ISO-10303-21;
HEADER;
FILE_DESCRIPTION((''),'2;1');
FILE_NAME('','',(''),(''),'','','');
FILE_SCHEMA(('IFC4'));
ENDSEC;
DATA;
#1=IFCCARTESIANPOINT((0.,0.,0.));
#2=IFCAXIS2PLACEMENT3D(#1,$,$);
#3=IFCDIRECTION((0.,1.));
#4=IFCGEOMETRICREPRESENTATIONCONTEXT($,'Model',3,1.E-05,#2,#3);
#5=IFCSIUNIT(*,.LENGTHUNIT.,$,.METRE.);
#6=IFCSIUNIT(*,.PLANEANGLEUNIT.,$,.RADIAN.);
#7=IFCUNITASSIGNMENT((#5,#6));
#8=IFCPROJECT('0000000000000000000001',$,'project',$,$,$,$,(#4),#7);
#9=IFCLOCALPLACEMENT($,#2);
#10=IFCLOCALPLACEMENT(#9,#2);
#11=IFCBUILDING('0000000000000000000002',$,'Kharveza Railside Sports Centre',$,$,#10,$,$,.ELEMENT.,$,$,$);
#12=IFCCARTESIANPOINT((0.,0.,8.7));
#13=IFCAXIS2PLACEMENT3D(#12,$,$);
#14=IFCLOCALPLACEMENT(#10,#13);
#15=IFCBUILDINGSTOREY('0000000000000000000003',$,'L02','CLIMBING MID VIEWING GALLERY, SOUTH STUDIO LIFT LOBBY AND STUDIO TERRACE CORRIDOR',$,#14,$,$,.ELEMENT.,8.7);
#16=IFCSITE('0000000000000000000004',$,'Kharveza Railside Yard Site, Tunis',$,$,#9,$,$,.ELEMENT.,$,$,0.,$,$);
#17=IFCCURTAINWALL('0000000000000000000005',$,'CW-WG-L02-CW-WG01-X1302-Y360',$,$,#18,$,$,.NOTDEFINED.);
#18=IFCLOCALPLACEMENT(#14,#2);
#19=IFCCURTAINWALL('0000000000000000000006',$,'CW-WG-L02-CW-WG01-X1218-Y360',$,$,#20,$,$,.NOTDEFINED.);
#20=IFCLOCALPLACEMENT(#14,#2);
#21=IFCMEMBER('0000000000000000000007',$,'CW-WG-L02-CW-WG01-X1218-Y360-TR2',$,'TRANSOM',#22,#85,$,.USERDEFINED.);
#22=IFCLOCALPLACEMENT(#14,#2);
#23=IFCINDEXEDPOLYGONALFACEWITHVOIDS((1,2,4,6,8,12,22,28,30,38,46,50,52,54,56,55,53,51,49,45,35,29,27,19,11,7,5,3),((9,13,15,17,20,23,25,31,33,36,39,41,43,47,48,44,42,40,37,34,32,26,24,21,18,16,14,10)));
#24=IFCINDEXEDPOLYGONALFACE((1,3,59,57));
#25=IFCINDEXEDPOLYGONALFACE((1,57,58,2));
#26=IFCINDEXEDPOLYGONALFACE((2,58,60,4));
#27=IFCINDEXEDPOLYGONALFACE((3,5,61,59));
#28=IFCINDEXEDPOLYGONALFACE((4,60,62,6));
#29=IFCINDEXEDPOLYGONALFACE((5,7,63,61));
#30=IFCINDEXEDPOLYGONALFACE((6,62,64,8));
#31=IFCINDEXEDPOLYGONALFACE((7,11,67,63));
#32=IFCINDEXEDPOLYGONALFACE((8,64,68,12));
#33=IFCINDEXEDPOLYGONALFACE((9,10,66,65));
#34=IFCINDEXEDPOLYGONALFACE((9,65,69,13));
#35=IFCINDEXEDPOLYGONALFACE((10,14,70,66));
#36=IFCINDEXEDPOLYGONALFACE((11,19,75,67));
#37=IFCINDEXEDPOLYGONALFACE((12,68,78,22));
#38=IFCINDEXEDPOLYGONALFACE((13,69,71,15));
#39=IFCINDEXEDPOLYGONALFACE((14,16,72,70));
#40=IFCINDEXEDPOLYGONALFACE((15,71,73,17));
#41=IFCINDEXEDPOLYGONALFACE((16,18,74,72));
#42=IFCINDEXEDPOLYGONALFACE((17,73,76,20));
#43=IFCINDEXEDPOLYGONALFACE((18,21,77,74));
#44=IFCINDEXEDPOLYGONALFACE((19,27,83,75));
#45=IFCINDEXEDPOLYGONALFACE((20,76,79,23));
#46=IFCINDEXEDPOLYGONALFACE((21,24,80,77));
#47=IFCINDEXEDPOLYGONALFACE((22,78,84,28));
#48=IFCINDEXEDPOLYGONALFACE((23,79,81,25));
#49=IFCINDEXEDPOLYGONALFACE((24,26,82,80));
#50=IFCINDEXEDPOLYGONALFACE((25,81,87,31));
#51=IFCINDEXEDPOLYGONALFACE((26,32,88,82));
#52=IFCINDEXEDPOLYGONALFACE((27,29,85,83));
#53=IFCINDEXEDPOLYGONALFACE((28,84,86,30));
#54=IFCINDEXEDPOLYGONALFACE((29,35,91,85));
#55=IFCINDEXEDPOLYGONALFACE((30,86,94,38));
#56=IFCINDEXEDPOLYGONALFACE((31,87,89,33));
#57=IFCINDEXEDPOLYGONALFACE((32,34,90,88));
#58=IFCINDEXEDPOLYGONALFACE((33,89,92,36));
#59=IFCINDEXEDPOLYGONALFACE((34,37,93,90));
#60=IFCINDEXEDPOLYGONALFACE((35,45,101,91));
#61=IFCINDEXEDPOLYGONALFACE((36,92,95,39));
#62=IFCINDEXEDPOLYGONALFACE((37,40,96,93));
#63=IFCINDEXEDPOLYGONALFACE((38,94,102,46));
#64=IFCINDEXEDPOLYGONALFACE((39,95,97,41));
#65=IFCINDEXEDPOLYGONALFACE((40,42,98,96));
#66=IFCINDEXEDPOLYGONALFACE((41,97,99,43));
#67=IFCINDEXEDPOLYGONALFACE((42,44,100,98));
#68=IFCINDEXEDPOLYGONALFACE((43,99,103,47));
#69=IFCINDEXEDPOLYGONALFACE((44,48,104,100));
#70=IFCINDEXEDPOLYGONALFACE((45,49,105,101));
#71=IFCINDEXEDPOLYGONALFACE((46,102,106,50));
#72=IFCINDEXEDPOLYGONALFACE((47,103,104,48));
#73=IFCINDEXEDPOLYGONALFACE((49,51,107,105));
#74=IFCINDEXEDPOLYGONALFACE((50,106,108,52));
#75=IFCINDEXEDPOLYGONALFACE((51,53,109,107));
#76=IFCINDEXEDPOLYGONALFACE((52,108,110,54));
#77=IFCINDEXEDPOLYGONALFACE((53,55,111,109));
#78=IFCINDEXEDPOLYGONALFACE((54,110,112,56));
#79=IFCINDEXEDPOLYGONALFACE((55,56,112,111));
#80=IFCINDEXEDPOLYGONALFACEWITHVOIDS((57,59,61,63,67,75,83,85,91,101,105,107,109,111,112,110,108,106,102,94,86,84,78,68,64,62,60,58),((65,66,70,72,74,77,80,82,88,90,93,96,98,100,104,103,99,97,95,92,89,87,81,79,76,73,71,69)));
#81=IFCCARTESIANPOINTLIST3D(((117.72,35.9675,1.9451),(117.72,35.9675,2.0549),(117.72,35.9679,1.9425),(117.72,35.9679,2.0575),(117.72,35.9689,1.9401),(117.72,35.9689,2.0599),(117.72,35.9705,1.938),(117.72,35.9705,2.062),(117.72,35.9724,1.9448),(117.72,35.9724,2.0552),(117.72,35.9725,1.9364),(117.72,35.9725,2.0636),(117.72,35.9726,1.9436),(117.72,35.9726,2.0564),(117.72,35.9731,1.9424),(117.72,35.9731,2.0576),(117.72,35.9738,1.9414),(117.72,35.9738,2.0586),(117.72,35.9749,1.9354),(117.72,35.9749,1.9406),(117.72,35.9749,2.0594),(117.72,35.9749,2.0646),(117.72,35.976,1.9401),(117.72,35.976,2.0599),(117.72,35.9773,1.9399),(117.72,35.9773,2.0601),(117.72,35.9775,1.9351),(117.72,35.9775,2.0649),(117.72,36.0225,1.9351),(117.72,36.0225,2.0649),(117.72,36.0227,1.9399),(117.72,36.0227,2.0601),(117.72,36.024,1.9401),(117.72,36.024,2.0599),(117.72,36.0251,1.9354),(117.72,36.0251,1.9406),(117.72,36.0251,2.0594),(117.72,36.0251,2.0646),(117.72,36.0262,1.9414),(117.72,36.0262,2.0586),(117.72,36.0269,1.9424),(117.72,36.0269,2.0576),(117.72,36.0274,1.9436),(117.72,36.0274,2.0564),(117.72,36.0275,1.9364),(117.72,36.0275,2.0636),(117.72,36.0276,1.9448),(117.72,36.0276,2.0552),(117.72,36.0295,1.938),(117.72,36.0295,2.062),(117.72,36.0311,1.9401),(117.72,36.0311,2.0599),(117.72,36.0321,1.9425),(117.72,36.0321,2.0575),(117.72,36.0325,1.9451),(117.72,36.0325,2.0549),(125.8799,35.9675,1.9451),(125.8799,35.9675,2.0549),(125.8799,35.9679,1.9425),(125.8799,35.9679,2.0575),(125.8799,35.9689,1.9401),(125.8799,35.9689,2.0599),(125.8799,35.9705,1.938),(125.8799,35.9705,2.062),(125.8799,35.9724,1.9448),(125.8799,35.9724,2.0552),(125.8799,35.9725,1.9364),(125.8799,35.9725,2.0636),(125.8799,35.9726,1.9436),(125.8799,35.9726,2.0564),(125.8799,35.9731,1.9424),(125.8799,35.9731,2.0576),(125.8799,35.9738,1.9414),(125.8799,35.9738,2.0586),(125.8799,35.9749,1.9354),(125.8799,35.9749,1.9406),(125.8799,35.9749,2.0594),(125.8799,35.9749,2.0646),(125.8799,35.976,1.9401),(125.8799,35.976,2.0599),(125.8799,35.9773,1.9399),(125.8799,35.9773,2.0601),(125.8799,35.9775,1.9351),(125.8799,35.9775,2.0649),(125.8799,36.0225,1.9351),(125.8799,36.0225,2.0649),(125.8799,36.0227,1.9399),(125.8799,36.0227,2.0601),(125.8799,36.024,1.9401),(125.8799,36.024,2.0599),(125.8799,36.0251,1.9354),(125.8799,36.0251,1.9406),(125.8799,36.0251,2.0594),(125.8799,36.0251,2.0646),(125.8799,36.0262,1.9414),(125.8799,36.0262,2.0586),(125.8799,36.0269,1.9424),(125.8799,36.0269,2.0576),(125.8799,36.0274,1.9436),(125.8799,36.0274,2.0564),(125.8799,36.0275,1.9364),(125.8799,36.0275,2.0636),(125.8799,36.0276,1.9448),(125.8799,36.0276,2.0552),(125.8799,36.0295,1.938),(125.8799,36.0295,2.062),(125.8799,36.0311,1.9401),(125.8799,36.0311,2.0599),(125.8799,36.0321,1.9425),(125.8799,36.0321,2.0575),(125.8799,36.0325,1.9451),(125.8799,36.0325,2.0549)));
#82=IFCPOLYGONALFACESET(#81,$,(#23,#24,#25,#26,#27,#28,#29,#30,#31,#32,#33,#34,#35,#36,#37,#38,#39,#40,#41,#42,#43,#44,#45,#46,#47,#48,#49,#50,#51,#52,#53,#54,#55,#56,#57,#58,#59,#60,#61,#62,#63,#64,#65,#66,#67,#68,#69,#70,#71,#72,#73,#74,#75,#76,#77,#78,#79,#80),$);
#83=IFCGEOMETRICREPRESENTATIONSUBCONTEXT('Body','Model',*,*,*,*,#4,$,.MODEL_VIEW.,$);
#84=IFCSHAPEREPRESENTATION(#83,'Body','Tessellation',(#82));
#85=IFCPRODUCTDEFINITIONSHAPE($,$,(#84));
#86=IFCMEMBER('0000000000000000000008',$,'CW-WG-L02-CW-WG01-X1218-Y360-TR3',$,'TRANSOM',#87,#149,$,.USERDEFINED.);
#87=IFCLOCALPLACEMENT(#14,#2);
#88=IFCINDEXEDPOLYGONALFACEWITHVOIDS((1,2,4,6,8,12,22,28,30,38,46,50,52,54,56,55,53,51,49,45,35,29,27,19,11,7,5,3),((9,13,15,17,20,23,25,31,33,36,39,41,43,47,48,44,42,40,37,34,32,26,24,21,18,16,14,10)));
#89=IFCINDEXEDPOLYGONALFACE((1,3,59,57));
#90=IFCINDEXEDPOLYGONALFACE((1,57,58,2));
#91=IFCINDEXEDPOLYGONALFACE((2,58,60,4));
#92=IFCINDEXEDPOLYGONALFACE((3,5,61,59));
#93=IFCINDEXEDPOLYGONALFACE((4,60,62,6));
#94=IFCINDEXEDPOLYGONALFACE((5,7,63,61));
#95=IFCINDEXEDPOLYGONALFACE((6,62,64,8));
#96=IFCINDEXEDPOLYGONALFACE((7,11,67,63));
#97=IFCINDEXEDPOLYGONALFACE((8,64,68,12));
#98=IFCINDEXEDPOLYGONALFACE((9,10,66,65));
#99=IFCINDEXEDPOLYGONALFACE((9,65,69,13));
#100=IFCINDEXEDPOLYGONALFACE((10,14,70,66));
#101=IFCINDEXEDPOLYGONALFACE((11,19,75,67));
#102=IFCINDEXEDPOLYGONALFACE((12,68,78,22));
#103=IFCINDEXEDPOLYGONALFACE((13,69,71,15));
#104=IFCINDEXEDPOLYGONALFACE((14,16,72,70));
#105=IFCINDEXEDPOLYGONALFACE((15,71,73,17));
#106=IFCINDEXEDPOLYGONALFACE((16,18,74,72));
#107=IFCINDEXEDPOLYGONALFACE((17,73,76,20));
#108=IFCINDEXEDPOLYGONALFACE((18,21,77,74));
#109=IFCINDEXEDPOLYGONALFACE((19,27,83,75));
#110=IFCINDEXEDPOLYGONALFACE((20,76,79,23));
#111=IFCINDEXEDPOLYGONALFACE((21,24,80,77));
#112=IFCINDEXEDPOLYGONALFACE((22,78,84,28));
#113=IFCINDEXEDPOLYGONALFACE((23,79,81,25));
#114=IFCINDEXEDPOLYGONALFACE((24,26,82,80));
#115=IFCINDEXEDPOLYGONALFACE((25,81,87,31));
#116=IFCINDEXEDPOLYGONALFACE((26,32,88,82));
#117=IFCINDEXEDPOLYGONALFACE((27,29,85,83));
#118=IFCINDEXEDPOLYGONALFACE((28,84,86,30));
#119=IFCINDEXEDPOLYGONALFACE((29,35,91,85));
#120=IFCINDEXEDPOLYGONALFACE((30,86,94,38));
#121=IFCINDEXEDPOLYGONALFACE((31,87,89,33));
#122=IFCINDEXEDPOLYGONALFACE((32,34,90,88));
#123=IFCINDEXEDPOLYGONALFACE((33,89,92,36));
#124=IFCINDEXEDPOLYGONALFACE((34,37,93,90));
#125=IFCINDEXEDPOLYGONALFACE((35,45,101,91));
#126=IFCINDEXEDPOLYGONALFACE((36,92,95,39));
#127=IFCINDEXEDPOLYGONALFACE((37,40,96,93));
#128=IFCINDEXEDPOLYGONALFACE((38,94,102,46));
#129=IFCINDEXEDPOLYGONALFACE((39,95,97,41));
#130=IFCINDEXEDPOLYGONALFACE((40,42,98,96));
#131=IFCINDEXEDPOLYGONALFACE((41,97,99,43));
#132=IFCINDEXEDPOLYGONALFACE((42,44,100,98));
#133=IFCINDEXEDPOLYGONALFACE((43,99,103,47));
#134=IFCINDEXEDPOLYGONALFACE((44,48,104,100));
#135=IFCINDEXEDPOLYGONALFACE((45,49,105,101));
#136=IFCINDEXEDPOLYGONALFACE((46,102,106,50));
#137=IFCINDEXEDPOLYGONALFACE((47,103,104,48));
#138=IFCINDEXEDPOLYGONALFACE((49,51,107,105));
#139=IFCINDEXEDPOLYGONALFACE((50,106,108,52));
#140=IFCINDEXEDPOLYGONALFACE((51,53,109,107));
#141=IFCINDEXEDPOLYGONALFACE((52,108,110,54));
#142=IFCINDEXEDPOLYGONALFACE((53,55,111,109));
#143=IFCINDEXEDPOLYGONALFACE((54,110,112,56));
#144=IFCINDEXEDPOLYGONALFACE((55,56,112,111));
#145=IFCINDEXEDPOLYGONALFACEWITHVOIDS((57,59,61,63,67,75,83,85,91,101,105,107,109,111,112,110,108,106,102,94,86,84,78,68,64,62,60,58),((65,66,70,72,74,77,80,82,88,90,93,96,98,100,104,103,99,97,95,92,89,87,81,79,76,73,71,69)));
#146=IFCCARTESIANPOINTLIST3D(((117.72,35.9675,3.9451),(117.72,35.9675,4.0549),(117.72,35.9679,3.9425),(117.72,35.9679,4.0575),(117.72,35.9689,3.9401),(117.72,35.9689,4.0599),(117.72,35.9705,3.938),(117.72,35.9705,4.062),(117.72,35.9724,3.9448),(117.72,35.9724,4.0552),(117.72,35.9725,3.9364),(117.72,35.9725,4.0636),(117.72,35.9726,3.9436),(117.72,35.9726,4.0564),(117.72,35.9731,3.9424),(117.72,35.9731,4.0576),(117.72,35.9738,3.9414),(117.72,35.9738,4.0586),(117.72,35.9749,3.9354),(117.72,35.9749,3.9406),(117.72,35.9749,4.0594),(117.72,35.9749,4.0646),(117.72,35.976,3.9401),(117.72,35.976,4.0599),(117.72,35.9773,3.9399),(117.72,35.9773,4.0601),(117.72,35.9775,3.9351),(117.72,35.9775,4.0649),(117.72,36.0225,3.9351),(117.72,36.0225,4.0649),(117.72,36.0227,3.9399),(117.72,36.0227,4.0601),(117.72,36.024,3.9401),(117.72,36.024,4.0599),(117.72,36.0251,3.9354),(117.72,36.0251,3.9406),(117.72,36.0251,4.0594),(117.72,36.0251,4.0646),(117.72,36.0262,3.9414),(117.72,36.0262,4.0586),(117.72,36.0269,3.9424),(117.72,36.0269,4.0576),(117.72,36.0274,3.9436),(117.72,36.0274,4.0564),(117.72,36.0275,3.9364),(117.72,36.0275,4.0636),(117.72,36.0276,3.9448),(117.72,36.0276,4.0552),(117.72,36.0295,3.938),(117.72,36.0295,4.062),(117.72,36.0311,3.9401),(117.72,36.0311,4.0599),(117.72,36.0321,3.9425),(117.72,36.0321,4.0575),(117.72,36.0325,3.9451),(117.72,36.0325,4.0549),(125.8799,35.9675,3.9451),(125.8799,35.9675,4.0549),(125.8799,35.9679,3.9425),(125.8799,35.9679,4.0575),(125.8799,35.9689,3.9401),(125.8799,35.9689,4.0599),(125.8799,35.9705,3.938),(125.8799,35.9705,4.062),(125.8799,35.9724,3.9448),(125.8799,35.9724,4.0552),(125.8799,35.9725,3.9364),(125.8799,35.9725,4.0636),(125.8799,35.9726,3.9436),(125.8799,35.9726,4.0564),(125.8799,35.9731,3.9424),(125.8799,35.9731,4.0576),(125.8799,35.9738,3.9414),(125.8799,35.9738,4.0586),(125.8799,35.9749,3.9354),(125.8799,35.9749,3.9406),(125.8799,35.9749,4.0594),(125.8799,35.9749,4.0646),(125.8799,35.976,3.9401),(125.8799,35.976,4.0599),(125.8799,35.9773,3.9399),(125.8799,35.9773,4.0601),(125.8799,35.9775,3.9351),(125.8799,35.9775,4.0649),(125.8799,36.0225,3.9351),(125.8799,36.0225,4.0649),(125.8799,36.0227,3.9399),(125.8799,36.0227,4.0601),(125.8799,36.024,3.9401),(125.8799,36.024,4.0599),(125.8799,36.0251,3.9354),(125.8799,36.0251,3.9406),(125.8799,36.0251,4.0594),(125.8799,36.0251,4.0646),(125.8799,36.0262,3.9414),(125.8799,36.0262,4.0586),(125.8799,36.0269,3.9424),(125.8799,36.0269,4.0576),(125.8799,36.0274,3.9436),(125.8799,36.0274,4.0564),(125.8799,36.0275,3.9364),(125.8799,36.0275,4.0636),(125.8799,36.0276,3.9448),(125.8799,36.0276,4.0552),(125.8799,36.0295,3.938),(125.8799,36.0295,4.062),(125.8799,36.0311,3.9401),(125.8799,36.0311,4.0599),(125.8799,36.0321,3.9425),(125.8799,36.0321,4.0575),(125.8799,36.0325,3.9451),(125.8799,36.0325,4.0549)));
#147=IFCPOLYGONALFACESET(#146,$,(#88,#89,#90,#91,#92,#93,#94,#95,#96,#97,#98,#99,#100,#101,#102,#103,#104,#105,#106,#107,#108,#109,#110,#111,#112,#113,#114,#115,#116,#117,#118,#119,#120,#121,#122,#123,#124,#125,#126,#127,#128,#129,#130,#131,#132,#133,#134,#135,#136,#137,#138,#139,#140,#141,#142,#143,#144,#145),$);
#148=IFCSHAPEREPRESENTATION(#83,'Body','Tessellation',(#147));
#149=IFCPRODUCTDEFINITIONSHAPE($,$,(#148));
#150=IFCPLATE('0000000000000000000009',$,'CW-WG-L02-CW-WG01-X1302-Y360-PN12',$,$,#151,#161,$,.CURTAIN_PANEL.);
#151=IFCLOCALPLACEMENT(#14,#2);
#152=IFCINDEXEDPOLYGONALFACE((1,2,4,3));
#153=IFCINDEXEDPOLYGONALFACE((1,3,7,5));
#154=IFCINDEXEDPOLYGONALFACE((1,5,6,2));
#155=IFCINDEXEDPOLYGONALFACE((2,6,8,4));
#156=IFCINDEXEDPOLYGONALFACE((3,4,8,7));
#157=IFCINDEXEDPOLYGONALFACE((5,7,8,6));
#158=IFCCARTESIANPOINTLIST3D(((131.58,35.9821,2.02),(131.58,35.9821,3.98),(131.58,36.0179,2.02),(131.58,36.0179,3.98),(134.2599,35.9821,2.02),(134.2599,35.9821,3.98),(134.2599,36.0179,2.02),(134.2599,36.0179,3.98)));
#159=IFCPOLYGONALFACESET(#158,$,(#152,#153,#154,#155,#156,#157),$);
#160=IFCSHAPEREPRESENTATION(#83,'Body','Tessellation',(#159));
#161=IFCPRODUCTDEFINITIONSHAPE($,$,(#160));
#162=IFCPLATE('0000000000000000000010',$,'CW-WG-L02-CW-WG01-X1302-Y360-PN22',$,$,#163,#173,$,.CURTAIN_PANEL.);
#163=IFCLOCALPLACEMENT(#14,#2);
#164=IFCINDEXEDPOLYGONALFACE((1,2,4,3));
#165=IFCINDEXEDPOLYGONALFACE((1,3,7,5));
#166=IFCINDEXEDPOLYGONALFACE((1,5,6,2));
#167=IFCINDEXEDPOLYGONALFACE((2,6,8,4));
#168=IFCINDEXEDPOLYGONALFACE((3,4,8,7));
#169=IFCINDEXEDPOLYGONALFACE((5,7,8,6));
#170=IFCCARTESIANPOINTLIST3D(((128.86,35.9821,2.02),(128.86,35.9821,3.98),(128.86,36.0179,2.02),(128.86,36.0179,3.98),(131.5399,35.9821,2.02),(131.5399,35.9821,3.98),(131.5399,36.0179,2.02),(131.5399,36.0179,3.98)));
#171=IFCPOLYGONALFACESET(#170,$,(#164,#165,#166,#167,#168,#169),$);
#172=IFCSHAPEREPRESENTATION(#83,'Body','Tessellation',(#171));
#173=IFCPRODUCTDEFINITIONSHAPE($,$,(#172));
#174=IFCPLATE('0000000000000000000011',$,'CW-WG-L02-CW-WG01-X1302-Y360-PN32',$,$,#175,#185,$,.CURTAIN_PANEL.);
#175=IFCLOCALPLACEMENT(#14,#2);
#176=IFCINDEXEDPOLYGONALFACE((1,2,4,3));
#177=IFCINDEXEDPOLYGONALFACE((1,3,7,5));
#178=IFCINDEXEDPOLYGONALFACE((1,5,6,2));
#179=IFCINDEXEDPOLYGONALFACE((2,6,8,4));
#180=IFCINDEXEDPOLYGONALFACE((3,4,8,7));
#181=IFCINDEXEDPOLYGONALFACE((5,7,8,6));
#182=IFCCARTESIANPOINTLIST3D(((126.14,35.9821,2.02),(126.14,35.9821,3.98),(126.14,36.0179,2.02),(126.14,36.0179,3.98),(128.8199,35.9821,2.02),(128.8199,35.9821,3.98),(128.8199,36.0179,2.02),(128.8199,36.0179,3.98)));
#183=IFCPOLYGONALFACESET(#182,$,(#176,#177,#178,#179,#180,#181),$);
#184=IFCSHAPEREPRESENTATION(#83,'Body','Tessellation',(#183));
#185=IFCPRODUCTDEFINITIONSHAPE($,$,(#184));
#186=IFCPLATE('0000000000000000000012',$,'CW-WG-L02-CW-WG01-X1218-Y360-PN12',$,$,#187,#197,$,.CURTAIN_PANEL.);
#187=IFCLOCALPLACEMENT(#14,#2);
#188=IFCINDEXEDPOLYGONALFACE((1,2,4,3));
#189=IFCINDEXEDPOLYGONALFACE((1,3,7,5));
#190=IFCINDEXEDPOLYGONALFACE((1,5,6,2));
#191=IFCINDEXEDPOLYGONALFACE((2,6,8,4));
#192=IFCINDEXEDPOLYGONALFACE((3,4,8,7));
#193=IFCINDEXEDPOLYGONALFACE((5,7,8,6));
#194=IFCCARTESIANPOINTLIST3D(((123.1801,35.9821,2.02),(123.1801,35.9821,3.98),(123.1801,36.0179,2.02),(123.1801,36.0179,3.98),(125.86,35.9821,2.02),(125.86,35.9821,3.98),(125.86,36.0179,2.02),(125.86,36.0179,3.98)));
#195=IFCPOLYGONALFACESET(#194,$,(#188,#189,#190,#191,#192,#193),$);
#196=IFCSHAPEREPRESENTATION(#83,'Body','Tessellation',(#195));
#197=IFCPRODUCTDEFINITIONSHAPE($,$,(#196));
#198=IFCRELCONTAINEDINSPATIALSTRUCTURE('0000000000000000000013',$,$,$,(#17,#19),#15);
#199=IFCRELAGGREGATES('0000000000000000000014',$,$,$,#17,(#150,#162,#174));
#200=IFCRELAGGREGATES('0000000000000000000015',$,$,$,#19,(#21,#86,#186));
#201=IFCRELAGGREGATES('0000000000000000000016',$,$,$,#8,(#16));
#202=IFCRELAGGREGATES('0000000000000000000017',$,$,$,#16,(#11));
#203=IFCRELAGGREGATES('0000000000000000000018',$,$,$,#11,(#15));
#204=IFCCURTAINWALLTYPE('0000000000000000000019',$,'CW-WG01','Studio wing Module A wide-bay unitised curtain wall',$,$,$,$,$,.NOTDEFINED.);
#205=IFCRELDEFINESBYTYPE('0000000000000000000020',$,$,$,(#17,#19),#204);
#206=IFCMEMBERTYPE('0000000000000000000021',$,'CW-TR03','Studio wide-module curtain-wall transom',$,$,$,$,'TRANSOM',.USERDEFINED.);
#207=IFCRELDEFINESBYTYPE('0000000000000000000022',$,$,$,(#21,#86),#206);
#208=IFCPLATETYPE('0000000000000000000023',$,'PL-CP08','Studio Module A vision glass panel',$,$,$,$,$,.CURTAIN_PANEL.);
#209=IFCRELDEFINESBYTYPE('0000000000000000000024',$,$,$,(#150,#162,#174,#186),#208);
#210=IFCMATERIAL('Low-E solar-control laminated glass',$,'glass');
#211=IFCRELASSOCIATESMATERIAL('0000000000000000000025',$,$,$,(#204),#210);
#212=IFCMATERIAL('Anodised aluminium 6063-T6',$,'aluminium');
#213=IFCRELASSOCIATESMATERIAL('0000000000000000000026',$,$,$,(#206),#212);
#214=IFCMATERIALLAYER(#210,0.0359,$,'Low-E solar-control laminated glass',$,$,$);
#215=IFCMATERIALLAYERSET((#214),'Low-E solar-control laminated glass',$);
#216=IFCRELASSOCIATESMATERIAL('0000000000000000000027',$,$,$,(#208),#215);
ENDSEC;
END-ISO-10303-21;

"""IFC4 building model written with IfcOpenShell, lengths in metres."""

from ifc_helpers import new_model, si_unit, direction, frame, origin, origin_2d, place, context, subcontext, project, spatial, rectangle, hollow_rectangle, extrude, material, layer, layer_set, material_profile, profile_set, type_object, element, aggregate, save


model = new_model("IFC4")

# Units and contexts
model_context = context("Model", 3, precision=1e-05, world=origin(), true_north=direction((0.0, 1.0)))
body_context = subcontext(model_context, "Body", "Model", "MODEL_VIEW")
ifc_project = project(units=[si_unit("LENGTHUNIT", "METRE"), si_unit("PLANEANGLEUNIT", "RADIAN")], contexts=[model_context])

# Site, building, storey
site_placement = place(None, origin())
site = spatial("IfcSite", under=ifc_project, at=site_placement, Name="Kharveza Railside Yard Site, Tunis", CompositionType="ELEMENT", RefElevation=0.0)
building_placement = place(site_placement, origin())
building = spatial("IfcBuilding", under=site, at=building_placement, Name="Kharveza Railside Sports Centre", CompositionType="ELEMENT")
storey_placement = place(building_placement, frame((0.0, 0.0, 8.7)))
storey = spatial("IfcBuildingStorey", under=building, at=storey_placement, Name="L02", Description="CLIMBING MID VIEWING GALLERY, SOUTH STUDIO LIFT LOBBY AND STUDIO TERRACE CORRIDOR", CompositionType="ELEMENT", Elevation=8.7)

# Curtain wall
ifc_material_1 = material(Name="Low-E solar-control laminated glass", Category="glass")
curtain_wall_type = type_object("IfcCurtainWallType", Name="CW-WG01", Description="Studio wing Module A wide-bay unitised curtain wall", PredefinedType="NOTDEFINED", material=ifc_material_1)
curtain_wall_1_placement = place(storey_placement, origin())
curtain_wall_1 = element("IfcCurtainWall", 1, at=curtain_wall_1_placement, inside=storey, type_object=curtain_wall_type, Name="CW-WG-L02-CW-WG01-X1302-Y360", PredefinedType="NOTDEFINED")
ifc_material_2 = material(Name="Anodised aluminium 6063-T6", Category="aluminium")

# Curtain wall
curtain_wall_2_placement = place(storey_placement, origin())
curtain_wall_2 = element("IfcCurtainWall", 2, at=curtain_wall_2_placement, inside=storey, type_object=curtain_wall_type, Name="CW-WG-L02-CW-WG01-X1218-Y360", PredefinedType="NOTDEFINED")

# Members
ifc_material_profile_1 = material_profile(ifc_material_2, hollow_rectangle(XDim=0.0649, YDim=0.1299, WallThickness=0.0049, InnerFilletRadius=0.0049, OuterFilletRadius=0.01, at=origin_2d()), Name="RHS 65x130x5.0")
ifc_profile_set_1 = profile_set([ifc_material_profile_1], Name="Anodised aluminium 6063-T6")
member_type_1 = type_object("IfcMemberType", Name="CW-TR03", Description="Studio wide-module curtain-wall transom", ElementType="TRANSOM", PredefinedType="USERDEFINED", material=ifc_profile_set_1)
member_1_placement = place(storey_placement, frame((125.8799, 36.0, 2.0), z_axis=(-1.0, 0.0, 0.0), x_axis=(0.0, -1.0, 0.0)))
member_1 = element("IfcMember", 3, at=member_1_placement, type_object=member_type_1, Name="CW-WG-L02-CW-WG01-X1218-Y360-TR2", ObjectType="TRANSOM", PredefinedType="USERDEFINED", context=body_context, shape_type="SweptSolid", body=[
    extrude(hollow_rectangle(XDim=0.0649, YDim=0.1299, WallThickness=0.0049, InnerFilletRadius=0.0049, OuterFilletRadius=0.01, at=origin_2d()), origin(), (0.0, 0.0, 1.0), 8.1599),
])
member_2_placement = place(storey_placement, frame((125.8799, 36.0, 4.0), z_axis=(-1.0, 0.0, 0.0), x_axis=(0.0, -1.0, 0.0)))
member_2 = element("IfcMember", 4, at=member_2_placement, type_object=member_type_1, Name="CW-WG-L02-CW-WG01-X1218-Y360-TR3", ObjectType="TRANSOM", PredefinedType="USERDEFINED", context=body_context, shape_type="SweptSolid", body=[
    extrude(hollow_rectangle(XDim=0.0649, YDim=0.1299, WallThickness=0.0049, InnerFilletRadius=0.0049, OuterFilletRadius=0.01, at=origin_2d()), origin(), (0.0, 0.0, 1.0), 8.1599),
])

# Plates
ifc_layer_1 = layer(ifc_material_1, 0.0359, Name="Low-E solar-control laminated glass")
ifc_layer_set_1 = layer_set([ifc_layer_1], Name="Low-E solar-control laminated glass")
plate_type_1 = type_object("IfcPlateType", Name="PL-CP08", Description="Studio Module A vision glass panel", PredefinedType="CURTAIN_PANEL", material=ifc_layer_set_1)
plate_1_placement = place(storey_placement, frame((132.9199, 36.0, 2.02), z_axis=(0.0, 0.0, 1.0), x_axis=(-1.0, 0.0, 0.0)))
plate_1 = element("IfcPlate", 5, at=plate_1_placement, type_object=plate_type_1, Name="CW-WG-L02-CW-WG01-X1302-Y360-PN12", PredefinedType="CURTAIN_PANEL", context=body_context, shape_type="SweptSolid", body=[
    extrude(rectangle(XDim=2.6799, YDim=0.0359, at=origin_2d()), origin(), (0.0, 0.0, 1.0), 1.96),
])
plate_2_placement = place(storey_placement, frame((130.2, 36.0, 2.02), z_axis=(0.0, 0.0, 1.0), x_axis=(-1.0, 0.0, 0.0)))
plate_2 = element("IfcPlate", 6, at=plate_2_placement, type_object=plate_type_1, Name="CW-WG-L02-CW-WG01-X1302-Y360-PN22", PredefinedType="CURTAIN_PANEL", context=body_context, shape_type="SweptSolid", body=[
    extrude(rectangle(XDim=2.6799, YDim=0.0359, at=origin_2d()), origin(), (0.0, 0.0, 1.0), 1.96),
])
plate_3_placement = place(storey_placement, frame((127.48, 36.0, 2.02), z_axis=(0.0, 0.0, 1.0), x_axis=(-1.0, 0.0, 0.0)))
plate_3 = element("IfcPlate", 7, at=plate_3_placement, type_object=plate_type_1, Name="CW-WG-L02-CW-WG01-X1302-Y360-PN32", PredefinedType="CURTAIN_PANEL", context=body_context, shape_type="SweptSolid", body=[
    extrude(rectangle(XDim=2.6799, YDim=0.0359, at=origin_2d()), origin(), (0.0, 0.0, 1.0), 1.96),
])
plate_4_placement = place(storey_placement, frame((124.52, 36.0, 2.02), z_axis=(0.0, 0.0, 1.0), x_axis=(-1.0, 0.0, 0.0)))
plate_4 = element("IfcPlate", 8, at=plate_4_placement, type_object=plate_type_1, Name="CW-WG-L02-CW-WG01-X1218-Y360-PN12", PredefinedType="CURTAIN_PANEL", context=body_context, shape_type="SweptSolid", body=[
    extrude(rectangle(XDim=2.6799, YDim=0.0359, at=origin_2d()), origin(), (0.0, 0.0, 1.0), 1.96),
])
aggregate(curtain_wall_1, [plate_1, plate_2, plate_3])
aggregate(curtain_wall_2, [member_1, member_2, plate_4])

save(model, "model.ifc")
